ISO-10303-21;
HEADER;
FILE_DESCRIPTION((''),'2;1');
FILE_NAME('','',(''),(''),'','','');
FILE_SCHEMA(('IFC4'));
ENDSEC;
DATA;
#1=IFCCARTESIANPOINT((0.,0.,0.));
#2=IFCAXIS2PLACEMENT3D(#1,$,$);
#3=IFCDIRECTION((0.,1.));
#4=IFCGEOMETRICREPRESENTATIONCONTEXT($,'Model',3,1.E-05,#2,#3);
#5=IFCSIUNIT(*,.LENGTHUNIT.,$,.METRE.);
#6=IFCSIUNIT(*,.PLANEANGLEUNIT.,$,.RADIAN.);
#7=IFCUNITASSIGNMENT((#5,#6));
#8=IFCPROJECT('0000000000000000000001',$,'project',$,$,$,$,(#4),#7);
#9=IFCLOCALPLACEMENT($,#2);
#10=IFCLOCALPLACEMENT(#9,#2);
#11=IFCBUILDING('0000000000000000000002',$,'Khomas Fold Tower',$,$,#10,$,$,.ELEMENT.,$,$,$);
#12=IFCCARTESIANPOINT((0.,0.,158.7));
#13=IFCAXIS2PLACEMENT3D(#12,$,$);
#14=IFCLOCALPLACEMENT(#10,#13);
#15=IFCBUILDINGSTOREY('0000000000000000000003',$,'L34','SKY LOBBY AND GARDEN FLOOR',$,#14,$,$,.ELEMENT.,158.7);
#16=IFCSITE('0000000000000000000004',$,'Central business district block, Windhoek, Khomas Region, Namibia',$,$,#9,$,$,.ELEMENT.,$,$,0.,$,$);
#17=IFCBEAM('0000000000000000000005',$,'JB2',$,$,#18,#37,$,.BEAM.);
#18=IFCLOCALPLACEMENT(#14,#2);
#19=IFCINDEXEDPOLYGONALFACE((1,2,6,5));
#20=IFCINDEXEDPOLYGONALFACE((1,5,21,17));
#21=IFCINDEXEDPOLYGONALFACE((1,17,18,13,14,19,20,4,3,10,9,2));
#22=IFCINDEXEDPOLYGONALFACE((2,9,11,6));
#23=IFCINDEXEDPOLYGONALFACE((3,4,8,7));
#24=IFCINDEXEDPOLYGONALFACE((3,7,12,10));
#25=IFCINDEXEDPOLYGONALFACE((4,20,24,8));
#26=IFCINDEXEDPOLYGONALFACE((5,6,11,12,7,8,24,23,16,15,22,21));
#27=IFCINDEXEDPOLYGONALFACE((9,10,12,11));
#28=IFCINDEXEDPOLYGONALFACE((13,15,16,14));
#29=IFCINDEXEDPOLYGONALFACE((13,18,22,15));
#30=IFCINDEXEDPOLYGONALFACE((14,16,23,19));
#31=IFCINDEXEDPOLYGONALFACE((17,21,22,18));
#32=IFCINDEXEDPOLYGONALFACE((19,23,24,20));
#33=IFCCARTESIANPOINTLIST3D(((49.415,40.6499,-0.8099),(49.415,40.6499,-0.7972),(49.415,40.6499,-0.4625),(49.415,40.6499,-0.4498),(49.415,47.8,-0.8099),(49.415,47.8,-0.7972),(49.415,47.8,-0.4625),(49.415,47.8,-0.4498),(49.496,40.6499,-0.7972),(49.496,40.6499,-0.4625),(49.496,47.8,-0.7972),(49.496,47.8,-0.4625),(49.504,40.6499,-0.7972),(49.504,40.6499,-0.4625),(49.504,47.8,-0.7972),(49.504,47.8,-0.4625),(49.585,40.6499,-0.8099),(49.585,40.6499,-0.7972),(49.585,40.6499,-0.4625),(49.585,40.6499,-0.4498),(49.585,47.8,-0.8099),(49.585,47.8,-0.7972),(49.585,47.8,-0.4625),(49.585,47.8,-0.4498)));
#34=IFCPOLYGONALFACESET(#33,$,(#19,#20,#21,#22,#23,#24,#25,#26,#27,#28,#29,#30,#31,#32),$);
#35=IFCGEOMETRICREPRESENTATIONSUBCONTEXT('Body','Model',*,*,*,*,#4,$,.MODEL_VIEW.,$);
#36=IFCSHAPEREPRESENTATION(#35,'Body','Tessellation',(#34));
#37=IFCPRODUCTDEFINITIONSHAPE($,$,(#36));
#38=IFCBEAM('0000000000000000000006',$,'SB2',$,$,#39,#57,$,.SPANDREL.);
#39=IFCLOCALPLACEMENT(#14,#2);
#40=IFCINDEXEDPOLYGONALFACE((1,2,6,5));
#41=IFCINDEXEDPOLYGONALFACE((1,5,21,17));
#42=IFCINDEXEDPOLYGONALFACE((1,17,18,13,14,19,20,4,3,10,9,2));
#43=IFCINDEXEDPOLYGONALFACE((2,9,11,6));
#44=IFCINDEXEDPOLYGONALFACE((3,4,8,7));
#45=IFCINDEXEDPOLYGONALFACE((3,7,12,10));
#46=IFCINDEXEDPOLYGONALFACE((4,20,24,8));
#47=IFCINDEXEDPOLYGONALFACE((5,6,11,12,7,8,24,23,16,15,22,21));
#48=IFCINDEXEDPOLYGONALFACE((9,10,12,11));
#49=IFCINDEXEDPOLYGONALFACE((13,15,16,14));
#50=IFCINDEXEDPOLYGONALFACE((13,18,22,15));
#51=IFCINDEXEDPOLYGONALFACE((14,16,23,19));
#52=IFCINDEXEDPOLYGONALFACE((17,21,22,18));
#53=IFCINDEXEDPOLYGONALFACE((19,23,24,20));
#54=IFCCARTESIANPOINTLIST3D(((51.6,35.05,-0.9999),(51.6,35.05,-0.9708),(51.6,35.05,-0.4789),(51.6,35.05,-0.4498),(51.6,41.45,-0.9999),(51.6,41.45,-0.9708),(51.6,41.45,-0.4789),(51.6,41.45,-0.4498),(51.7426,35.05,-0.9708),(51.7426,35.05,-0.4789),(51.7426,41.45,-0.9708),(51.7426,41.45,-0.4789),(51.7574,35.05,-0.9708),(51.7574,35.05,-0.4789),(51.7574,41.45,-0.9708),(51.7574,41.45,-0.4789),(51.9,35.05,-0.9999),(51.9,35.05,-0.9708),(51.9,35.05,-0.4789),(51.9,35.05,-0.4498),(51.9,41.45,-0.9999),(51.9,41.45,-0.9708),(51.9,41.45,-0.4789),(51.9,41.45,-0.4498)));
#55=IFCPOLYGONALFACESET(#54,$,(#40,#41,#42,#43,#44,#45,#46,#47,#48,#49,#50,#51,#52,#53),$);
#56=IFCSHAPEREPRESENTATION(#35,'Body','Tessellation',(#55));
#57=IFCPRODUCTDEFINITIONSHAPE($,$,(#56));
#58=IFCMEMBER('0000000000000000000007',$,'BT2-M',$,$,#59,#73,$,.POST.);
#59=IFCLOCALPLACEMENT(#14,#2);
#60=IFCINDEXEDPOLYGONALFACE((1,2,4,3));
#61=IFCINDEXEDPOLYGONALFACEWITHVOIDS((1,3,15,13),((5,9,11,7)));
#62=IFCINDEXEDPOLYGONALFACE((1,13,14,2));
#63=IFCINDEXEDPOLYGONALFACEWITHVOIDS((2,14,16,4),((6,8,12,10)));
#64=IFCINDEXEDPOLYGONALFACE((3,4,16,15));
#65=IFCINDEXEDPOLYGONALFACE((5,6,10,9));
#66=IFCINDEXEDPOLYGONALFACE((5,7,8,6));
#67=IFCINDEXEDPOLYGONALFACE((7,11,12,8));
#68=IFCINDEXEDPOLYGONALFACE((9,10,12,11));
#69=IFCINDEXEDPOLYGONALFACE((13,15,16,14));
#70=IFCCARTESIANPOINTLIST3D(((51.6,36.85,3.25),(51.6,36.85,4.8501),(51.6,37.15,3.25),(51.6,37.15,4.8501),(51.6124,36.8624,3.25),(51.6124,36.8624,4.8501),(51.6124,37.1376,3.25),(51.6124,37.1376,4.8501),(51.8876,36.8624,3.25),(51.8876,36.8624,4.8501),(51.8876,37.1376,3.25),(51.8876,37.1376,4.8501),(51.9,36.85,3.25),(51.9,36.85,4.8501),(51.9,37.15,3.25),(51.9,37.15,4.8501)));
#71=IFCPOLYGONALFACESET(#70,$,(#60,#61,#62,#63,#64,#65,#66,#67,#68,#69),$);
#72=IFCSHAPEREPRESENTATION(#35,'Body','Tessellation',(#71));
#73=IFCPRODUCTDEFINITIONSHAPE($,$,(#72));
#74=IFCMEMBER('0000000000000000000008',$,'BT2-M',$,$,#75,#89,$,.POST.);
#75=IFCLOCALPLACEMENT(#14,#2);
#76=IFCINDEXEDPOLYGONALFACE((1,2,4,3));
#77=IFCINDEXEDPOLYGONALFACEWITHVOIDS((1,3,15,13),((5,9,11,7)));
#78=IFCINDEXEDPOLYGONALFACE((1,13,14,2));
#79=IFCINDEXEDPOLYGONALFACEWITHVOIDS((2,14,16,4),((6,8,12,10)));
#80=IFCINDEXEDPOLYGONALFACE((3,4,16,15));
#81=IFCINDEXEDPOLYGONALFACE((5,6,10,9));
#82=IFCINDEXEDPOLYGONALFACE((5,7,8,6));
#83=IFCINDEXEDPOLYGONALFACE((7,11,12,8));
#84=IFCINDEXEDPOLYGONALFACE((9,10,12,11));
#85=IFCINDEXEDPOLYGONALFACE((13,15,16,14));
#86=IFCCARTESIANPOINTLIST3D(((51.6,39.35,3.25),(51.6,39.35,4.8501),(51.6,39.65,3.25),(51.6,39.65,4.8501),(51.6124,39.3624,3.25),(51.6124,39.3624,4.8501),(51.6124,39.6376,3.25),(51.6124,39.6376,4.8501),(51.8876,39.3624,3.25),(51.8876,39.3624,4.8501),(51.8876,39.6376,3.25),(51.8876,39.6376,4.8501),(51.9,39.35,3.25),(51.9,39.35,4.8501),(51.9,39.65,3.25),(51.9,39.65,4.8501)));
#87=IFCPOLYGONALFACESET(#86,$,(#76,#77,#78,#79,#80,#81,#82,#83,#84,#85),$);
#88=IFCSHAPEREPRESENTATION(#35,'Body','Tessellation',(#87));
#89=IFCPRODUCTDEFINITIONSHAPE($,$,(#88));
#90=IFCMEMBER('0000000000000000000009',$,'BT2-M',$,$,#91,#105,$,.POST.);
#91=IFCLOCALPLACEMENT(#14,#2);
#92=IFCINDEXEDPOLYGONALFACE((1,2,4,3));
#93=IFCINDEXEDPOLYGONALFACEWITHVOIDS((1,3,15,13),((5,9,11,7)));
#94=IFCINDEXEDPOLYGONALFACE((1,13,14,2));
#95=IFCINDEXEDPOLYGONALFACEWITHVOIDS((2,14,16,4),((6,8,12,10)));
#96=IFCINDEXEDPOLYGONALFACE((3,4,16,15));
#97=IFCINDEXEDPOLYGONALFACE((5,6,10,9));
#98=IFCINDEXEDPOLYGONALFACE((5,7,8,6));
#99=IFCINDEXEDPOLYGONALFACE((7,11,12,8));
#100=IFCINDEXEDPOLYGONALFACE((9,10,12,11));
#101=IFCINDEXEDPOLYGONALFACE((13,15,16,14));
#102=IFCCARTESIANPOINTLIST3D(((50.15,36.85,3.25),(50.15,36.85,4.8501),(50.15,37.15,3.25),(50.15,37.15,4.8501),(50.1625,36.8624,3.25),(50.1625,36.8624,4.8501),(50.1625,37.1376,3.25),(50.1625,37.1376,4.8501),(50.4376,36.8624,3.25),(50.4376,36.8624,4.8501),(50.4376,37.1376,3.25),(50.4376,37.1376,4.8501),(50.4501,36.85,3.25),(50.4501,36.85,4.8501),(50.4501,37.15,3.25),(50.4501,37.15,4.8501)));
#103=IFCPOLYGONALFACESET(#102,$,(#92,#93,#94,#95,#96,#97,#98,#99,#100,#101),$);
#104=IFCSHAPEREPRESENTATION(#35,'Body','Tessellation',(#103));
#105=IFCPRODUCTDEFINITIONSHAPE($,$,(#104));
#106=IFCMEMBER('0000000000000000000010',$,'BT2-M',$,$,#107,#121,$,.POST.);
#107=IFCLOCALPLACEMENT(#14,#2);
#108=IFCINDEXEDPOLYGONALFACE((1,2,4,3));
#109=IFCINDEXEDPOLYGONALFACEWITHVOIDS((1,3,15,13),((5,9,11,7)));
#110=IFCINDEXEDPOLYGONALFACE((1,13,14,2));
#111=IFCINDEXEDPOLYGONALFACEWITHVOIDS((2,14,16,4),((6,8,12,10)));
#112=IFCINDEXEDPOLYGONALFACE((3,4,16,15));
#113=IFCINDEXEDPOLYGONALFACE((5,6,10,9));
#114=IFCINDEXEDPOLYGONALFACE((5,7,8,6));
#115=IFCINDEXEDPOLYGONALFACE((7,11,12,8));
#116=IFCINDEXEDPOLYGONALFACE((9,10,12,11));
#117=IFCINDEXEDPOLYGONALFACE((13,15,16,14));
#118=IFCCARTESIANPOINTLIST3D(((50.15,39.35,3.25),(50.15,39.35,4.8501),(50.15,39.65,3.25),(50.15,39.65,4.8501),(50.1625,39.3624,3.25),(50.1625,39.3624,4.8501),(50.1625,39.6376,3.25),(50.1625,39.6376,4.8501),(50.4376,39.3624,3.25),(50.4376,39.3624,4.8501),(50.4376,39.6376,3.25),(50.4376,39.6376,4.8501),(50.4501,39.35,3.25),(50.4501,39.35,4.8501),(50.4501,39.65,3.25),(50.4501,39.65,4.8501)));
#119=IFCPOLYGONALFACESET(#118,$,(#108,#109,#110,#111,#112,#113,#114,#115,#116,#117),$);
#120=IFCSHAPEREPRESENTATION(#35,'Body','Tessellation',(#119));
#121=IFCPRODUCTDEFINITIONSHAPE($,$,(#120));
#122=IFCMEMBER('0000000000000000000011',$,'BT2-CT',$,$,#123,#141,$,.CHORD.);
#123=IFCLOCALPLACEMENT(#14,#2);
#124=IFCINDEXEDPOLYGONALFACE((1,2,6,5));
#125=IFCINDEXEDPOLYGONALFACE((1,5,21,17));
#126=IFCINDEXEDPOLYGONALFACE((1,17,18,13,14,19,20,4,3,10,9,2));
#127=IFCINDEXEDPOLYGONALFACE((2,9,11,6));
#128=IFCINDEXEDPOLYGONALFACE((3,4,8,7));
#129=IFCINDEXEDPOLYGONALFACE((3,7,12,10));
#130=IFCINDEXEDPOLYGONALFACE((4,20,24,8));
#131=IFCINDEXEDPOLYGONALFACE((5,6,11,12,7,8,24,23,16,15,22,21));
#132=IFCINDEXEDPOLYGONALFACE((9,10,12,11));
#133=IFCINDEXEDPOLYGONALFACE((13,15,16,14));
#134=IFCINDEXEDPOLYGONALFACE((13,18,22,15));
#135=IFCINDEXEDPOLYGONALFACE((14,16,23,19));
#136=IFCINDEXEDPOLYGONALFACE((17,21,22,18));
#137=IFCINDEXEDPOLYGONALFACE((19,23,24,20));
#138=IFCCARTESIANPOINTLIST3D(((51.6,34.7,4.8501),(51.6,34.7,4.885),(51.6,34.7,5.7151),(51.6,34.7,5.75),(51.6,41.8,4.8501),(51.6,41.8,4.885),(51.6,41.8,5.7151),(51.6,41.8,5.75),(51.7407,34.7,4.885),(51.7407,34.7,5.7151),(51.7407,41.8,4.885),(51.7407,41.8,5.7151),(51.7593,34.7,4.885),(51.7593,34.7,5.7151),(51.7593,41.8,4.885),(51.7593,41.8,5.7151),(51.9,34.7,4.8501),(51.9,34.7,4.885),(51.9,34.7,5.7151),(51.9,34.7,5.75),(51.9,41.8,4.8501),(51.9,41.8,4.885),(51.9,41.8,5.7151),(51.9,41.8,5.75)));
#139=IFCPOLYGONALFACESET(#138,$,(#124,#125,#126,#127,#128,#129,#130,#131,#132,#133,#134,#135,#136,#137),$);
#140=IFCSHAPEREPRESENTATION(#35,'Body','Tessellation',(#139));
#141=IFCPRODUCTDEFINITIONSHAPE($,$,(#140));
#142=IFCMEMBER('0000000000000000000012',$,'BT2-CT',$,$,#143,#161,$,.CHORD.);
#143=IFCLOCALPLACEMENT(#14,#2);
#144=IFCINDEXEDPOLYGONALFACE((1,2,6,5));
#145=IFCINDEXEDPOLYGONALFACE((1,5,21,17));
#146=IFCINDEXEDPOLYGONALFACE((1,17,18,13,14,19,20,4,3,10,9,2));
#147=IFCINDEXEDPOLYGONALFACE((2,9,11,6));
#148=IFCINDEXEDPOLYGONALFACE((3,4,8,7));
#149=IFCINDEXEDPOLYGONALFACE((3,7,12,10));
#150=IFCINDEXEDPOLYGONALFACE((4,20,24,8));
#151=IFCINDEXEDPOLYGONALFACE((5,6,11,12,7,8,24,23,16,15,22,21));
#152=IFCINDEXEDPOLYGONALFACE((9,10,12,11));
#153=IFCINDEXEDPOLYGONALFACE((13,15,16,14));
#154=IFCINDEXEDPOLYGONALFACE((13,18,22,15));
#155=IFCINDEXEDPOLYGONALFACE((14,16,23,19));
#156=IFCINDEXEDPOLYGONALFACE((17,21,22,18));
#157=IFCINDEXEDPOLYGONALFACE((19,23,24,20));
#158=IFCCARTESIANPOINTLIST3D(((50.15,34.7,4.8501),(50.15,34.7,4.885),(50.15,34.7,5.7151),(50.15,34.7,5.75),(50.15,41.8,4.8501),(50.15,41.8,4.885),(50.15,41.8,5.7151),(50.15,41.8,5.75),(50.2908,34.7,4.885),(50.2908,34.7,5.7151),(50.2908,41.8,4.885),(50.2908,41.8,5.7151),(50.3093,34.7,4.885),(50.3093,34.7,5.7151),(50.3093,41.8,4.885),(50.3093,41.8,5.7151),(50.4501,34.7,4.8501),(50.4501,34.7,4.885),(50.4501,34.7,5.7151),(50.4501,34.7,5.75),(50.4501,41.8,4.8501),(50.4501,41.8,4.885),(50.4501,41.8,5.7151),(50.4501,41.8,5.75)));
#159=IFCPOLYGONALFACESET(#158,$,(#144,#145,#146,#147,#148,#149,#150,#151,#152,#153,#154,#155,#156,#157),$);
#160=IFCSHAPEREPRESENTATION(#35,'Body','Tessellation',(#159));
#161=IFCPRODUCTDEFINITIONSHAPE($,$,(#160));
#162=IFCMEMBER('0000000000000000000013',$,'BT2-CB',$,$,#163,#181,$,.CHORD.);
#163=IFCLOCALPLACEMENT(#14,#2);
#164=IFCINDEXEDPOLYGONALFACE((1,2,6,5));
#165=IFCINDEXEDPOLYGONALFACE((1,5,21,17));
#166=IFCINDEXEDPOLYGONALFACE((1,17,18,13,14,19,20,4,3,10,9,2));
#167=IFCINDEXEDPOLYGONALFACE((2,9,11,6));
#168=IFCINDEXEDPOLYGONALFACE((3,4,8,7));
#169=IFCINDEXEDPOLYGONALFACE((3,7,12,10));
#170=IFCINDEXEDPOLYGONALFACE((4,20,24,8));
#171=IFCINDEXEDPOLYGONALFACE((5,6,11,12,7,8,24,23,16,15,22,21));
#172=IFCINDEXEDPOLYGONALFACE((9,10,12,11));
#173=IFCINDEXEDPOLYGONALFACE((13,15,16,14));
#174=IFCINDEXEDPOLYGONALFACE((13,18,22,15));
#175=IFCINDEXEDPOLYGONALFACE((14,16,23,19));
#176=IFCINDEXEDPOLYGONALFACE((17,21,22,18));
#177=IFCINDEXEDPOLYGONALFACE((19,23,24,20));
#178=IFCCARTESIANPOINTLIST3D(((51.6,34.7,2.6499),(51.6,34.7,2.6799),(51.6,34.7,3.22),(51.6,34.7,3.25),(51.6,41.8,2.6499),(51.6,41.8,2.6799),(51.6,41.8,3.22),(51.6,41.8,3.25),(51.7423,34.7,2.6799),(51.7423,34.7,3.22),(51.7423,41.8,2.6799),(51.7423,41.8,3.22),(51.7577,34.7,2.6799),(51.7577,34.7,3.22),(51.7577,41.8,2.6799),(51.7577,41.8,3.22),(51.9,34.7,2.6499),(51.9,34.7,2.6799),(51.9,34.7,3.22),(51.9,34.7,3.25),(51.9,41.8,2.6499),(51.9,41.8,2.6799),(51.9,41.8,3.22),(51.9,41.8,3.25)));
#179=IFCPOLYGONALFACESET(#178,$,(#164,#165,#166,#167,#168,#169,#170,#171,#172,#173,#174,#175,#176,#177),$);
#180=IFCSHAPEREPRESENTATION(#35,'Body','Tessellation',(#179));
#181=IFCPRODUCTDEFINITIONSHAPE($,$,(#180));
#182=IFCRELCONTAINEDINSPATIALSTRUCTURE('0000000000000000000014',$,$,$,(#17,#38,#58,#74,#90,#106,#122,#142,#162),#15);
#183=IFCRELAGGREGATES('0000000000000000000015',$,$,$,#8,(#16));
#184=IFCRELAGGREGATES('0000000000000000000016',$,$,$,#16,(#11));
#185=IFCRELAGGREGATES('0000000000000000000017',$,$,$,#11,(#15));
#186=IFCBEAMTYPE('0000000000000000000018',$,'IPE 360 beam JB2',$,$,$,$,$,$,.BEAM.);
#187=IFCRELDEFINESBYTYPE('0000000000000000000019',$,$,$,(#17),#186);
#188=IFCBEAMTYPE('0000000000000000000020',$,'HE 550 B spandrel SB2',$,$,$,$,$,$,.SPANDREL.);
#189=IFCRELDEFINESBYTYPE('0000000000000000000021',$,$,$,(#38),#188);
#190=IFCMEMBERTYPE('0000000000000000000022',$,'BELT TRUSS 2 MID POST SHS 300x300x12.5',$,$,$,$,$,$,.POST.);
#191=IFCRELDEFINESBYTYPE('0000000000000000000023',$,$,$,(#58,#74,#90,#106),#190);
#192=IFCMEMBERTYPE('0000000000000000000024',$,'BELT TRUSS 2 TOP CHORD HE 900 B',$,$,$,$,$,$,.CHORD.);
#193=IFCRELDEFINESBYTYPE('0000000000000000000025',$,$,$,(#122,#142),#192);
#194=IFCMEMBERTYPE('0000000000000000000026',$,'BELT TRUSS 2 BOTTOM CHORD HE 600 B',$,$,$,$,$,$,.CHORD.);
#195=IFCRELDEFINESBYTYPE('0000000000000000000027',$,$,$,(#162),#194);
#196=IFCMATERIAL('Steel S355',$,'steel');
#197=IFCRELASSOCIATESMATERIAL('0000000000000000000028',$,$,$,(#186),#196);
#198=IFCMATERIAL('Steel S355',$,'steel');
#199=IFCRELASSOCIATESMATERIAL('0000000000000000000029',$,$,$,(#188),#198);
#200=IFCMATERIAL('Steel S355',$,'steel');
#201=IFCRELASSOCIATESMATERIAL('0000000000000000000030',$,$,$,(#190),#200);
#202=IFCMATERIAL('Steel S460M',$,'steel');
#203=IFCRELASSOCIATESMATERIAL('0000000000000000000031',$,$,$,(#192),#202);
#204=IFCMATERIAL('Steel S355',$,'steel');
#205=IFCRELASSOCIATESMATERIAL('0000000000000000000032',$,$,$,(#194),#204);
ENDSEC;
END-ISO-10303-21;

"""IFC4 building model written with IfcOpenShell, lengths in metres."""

from ifc_helpers import new_model, si_unit, direction, frame, origin, origin_2d, place, context, subcontext, project, spatial, hollow_rectangle, i_section, extrude, source, transform, mapped, material, material_profile, profile_set, type_object, element, save


model = new_model("IFC4")

# Units and contexts
model_context = context("Model", 3, precision=1e-05, world=origin(), true_north=direction((0.0, 1.0)))
body_context = subcontext(model_context, "Body", "Model", "MODEL_VIEW")
ifc_project = project(units=[si_unit("LENGTHUNIT", "METRE"), si_unit("PLANEANGLEUNIT", "RADIAN")], contexts=[model_context])

# Site, building, storey
site_placement = place(None, origin())
site = spatial("IfcSite", under=ifc_project, at=site_placement, Name="Central business district block, Windhoek, Khomas Region, Namibia", CompositionType="ELEMENT", RefElevation=0.0)
building_placement = place(site_placement, origin())
building = spatial("IfcBuilding", under=site, at=building_placement, Name="Khomas Fold Tower", CompositionType="ELEMENT")
storey_placement = place(building_placement, frame((0.0, 0.0, 158.7)))
storey = spatial("IfcBuildingStorey", under=building, at=storey_placement, Name="L34", Description="SKY LOBBY AND GARDEN FLOOR", CompositionType="ELEMENT", Elevation=158.7)

# Beams
ifc_material_1 = material(Name="Steel S355", Category="steel")
ifc_material_profile_1 = material_profile(ifc_material_1, i_section(OverallWidth=0.1699, OverallDepth=0.3601, WebThickness=0.0081, FlangeThickness=0.0127, at=origin_2d()), Name="IPE 360")
ifc_profile_set_1 = profile_set([ifc_material_profile_1], Name="Steel S355")
beam_type_1 = type_object("IfcBeamType", Name="IPE 360 beam JB2", PredefinedType="BEAM", material=ifc_profile_set_1)
shared_shape_1 = source(origin(), body_context, "Body", "SweptSolid", [
    extrude(i_section(OverallWidth=0.1699, OverallDepth=0.3601, WebThickness=0.0081, FlangeThickness=0.0127, at=origin_2d()), origin(), (0.0, 0.0, 1.0), 7.1501),
])
beam_1_placement = place(storey_placement, frame((49.5, 40.6499, -0.6299), z_axis=(0.0, 1.0, 0.0), x_axis=(-1.0, 0.0, 0.0)))
element("IfcBeam", 1, at=beam_1_placement, inside=storey, type_object=beam_type_1, Name="JB2", PredefinedType="BEAM", context=body_context, shape_type="MappedRepresentation", body=[
    mapped(shared_shape_1, transform((0.0, 0.0, 0.0))),
])
ifc_material_2 = material(Name="Steel S355", Category="steel")
ifc_material_profile_2 = material_profile(ifc_material_2, i_section(OverallWidth=0.3, OverallDepth=0.55, WebThickness=0.0149, FlangeThickness=0.0291, at=origin_2d()), Name="HE 550 B")
ifc_profile_set_2 = profile_set([ifc_material_profile_2], Name="Steel S355")
beam_type_2 = type_object("IfcBeamType", Name="HE 550 B spandrel SB2", PredefinedType="SPANDREL", material=ifc_profile_set_2)
shared_shape_2 = source(origin(), body_context, "Body", "SweptSolid", [
    extrude(i_section(OverallWidth=0.3, OverallDepth=0.55, WebThickness=0.0149, FlangeThickness=0.0291, at=origin_2d()), origin(), (0.0, 0.0, 1.0), 6.3999),
])
beam_2_placement = place(storey_placement, frame((51.75, 35.05, -0.7249), z_axis=(0.0, 1.0, 0.0), x_axis=(-1.0, 0.0, 0.0)))
element("IfcBeam", 2, at=beam_2_placement, inside=storey, type_object=beam_type_2, Name="SB2", PredefinedType="SPANDREL", context=body_context, shape_type="MappedRepresentation", body=[
    mapped(shared_shape_2, transform((0.0, 0.0, 0.0))),
])

# Members
ifc_material_3 = material(Name="Steel S355", Category="steel")
ifc_material_profile_3 = material_profile(ifc_material_3, hollow_rectangle(XDim=0.3, YDim=0.3, WallThickness=0.0125, at=origin_2d()), Name="SHS 300x300x12.5")
ifc_profile_set_3 = profile_set([ifc_material_profile_3], Name="Steel S355")
member_type_1 = type_object("IfcMemberType", Name="BELT TRUSS 2 MID POST SHS 300x300x12.5", PredefinedType="POST", material=ifc_profile_set_3)
shared_shape_3 = source(origin(), body_context, "Body", "SweptSolid", [
    extrude(hollow_rectangle(XDim=0.3, YDim=0.3, WallThickness=0.0125, at=origin_2d()), origin(), (0.0, 0.0, 1.0), 1.6001),
])
for number, where, z_axis, x_axis, name in (
    (3, (51.75, 37.0, 3.25), (0.0, 0.0, 1.0), (1.0, 0.0, 0.0), "BT2-M"),
    (4, (51.75, 39.5, 3.25), (0.0, 0.0, 1.0), (1.0, 0.0, 0.0), "BT2-M"),
    (5, (50.3, 37.0, 3.25), (0.0, 0.0, 1.0), (1.0, 0.0, 0.0), "BT2-M"),
    (6, (50.3, 39.5, 3.25), (0.0, 0.0, 1.0), (1.0, 0.0, 0.0), "BT2-M"),
):
    element("IfcMember", number, at=place(storey_placement, frame(where, z_axis=z_axis, x_axis=x_axis)), inside=storey, type_object=member_type_1, Name=name, PredefinedType="POST", context=body_context, shape_type="MappedRepresentation", body=[
        mapped(shared_shape_3, transform((0.0, 0.0, 0.0))),
    ])
ifc_material_4 = material(Name="Steel S460M", Category="steel")
ifc_material_profile_4 = material_profile(ifc_material_4, i_section(OverallWidth=0.3, OverallDepth=0.8999, WebThickness=0.0186, FlangeThickness=0.0349, at=origin_2d()), Name="HE 900 B")
ifc_profile_set_4 = profile_set([ifc_material_profile_4], Name="Steel S460M")
member_type_2 = type_object("IfcMemberType", Name="BELT TRUSS 2 TOP CHORD HE 900 B", PredefinedType="CHORD", material=ifc_profile_set_4)
shared_shape_4 = source(origin(), body_context, "Body", "SweptSolid", [
    extrude(i_section(OverallWidth=0.3, OverallDepth=0.8999, WebThickness=0.0186, FlangeThickness=0.0349, at=origin_2d()), origin(), (0.0, 0.0, 1.0), 7.1001),
])
for number, where, z_axis, x_axis, name in (
    (7, (51.75, 34.7, 5.3), (0.0, 1.0, 0.0), (-1.0, 0.0, 0.0), "BT2-CT"),
    (8, (50.3, 34.7, 5.3), (0.0, 1.0, 0.0), (-1.0, 0.0, 0.0), "BT2-CT"),
):
    element("IfcMember", number, at=place(storey_placement, frame(where, z_axis=z_axis, x_axis=x_axis)), inside=storey, type_object=member_type_2, Name=name, PredefinedType="CHORD", context=body_context, shape_type="MappedRepresentation", body=[
        mapped(shared_shape_4, transform((0.0, 0.0, 0.0))),
    ])
ifc_material_5 = material(Name="Steel S355", Category="steel")
ifc_material_profile_5 = material_profile(ifc_material_5, i_section(OverallWidth=0.3, OverallDepth=0.6001, WebThickness=0.0154, FlangeThickness=0.03, at=origin_2d()), Name="HE 600 B")
ifc_profile_set_5 = profile_set([ifc_material_profile_5], Name="Steel S355")
member_type_3 = type_object("IfcMemberType", Name="BELT TRUSS 2 BOTTOM CHORD HE 600 B", PredefinedType="CHORD", material=ifc_profile_set_5)
shared_shape_5 = source(origin(), body_context, "Body", "SweptSolid", [
    extrude(i_section(OverallWidth=0.3, OverallDepth=0.6001, WebThickness=0.0154, FlangeThickness=0.03, at=origin_2d()), origin(), (0.0, 0.0, 1.0), 7.1001),
])
member_1_placement = place(storey_placement, frame((51.75, 34.7, 2.95), z_axis=(0.0, 1.0, 0.0), x_axis=(-1.0, 0.0, 0.0)))
element("IfcMember", 9, at=member_1_placement, inside=storey, type_object=member_type_3, Name="BT2-CB", PredefinedType="CHORD", context=body_context, shape_type="MappedRepresentation", body=[
    mapped(shared_shape_5, transform((0.0, 0.0, 0.0))),
])

save(model, "model.ifc")
